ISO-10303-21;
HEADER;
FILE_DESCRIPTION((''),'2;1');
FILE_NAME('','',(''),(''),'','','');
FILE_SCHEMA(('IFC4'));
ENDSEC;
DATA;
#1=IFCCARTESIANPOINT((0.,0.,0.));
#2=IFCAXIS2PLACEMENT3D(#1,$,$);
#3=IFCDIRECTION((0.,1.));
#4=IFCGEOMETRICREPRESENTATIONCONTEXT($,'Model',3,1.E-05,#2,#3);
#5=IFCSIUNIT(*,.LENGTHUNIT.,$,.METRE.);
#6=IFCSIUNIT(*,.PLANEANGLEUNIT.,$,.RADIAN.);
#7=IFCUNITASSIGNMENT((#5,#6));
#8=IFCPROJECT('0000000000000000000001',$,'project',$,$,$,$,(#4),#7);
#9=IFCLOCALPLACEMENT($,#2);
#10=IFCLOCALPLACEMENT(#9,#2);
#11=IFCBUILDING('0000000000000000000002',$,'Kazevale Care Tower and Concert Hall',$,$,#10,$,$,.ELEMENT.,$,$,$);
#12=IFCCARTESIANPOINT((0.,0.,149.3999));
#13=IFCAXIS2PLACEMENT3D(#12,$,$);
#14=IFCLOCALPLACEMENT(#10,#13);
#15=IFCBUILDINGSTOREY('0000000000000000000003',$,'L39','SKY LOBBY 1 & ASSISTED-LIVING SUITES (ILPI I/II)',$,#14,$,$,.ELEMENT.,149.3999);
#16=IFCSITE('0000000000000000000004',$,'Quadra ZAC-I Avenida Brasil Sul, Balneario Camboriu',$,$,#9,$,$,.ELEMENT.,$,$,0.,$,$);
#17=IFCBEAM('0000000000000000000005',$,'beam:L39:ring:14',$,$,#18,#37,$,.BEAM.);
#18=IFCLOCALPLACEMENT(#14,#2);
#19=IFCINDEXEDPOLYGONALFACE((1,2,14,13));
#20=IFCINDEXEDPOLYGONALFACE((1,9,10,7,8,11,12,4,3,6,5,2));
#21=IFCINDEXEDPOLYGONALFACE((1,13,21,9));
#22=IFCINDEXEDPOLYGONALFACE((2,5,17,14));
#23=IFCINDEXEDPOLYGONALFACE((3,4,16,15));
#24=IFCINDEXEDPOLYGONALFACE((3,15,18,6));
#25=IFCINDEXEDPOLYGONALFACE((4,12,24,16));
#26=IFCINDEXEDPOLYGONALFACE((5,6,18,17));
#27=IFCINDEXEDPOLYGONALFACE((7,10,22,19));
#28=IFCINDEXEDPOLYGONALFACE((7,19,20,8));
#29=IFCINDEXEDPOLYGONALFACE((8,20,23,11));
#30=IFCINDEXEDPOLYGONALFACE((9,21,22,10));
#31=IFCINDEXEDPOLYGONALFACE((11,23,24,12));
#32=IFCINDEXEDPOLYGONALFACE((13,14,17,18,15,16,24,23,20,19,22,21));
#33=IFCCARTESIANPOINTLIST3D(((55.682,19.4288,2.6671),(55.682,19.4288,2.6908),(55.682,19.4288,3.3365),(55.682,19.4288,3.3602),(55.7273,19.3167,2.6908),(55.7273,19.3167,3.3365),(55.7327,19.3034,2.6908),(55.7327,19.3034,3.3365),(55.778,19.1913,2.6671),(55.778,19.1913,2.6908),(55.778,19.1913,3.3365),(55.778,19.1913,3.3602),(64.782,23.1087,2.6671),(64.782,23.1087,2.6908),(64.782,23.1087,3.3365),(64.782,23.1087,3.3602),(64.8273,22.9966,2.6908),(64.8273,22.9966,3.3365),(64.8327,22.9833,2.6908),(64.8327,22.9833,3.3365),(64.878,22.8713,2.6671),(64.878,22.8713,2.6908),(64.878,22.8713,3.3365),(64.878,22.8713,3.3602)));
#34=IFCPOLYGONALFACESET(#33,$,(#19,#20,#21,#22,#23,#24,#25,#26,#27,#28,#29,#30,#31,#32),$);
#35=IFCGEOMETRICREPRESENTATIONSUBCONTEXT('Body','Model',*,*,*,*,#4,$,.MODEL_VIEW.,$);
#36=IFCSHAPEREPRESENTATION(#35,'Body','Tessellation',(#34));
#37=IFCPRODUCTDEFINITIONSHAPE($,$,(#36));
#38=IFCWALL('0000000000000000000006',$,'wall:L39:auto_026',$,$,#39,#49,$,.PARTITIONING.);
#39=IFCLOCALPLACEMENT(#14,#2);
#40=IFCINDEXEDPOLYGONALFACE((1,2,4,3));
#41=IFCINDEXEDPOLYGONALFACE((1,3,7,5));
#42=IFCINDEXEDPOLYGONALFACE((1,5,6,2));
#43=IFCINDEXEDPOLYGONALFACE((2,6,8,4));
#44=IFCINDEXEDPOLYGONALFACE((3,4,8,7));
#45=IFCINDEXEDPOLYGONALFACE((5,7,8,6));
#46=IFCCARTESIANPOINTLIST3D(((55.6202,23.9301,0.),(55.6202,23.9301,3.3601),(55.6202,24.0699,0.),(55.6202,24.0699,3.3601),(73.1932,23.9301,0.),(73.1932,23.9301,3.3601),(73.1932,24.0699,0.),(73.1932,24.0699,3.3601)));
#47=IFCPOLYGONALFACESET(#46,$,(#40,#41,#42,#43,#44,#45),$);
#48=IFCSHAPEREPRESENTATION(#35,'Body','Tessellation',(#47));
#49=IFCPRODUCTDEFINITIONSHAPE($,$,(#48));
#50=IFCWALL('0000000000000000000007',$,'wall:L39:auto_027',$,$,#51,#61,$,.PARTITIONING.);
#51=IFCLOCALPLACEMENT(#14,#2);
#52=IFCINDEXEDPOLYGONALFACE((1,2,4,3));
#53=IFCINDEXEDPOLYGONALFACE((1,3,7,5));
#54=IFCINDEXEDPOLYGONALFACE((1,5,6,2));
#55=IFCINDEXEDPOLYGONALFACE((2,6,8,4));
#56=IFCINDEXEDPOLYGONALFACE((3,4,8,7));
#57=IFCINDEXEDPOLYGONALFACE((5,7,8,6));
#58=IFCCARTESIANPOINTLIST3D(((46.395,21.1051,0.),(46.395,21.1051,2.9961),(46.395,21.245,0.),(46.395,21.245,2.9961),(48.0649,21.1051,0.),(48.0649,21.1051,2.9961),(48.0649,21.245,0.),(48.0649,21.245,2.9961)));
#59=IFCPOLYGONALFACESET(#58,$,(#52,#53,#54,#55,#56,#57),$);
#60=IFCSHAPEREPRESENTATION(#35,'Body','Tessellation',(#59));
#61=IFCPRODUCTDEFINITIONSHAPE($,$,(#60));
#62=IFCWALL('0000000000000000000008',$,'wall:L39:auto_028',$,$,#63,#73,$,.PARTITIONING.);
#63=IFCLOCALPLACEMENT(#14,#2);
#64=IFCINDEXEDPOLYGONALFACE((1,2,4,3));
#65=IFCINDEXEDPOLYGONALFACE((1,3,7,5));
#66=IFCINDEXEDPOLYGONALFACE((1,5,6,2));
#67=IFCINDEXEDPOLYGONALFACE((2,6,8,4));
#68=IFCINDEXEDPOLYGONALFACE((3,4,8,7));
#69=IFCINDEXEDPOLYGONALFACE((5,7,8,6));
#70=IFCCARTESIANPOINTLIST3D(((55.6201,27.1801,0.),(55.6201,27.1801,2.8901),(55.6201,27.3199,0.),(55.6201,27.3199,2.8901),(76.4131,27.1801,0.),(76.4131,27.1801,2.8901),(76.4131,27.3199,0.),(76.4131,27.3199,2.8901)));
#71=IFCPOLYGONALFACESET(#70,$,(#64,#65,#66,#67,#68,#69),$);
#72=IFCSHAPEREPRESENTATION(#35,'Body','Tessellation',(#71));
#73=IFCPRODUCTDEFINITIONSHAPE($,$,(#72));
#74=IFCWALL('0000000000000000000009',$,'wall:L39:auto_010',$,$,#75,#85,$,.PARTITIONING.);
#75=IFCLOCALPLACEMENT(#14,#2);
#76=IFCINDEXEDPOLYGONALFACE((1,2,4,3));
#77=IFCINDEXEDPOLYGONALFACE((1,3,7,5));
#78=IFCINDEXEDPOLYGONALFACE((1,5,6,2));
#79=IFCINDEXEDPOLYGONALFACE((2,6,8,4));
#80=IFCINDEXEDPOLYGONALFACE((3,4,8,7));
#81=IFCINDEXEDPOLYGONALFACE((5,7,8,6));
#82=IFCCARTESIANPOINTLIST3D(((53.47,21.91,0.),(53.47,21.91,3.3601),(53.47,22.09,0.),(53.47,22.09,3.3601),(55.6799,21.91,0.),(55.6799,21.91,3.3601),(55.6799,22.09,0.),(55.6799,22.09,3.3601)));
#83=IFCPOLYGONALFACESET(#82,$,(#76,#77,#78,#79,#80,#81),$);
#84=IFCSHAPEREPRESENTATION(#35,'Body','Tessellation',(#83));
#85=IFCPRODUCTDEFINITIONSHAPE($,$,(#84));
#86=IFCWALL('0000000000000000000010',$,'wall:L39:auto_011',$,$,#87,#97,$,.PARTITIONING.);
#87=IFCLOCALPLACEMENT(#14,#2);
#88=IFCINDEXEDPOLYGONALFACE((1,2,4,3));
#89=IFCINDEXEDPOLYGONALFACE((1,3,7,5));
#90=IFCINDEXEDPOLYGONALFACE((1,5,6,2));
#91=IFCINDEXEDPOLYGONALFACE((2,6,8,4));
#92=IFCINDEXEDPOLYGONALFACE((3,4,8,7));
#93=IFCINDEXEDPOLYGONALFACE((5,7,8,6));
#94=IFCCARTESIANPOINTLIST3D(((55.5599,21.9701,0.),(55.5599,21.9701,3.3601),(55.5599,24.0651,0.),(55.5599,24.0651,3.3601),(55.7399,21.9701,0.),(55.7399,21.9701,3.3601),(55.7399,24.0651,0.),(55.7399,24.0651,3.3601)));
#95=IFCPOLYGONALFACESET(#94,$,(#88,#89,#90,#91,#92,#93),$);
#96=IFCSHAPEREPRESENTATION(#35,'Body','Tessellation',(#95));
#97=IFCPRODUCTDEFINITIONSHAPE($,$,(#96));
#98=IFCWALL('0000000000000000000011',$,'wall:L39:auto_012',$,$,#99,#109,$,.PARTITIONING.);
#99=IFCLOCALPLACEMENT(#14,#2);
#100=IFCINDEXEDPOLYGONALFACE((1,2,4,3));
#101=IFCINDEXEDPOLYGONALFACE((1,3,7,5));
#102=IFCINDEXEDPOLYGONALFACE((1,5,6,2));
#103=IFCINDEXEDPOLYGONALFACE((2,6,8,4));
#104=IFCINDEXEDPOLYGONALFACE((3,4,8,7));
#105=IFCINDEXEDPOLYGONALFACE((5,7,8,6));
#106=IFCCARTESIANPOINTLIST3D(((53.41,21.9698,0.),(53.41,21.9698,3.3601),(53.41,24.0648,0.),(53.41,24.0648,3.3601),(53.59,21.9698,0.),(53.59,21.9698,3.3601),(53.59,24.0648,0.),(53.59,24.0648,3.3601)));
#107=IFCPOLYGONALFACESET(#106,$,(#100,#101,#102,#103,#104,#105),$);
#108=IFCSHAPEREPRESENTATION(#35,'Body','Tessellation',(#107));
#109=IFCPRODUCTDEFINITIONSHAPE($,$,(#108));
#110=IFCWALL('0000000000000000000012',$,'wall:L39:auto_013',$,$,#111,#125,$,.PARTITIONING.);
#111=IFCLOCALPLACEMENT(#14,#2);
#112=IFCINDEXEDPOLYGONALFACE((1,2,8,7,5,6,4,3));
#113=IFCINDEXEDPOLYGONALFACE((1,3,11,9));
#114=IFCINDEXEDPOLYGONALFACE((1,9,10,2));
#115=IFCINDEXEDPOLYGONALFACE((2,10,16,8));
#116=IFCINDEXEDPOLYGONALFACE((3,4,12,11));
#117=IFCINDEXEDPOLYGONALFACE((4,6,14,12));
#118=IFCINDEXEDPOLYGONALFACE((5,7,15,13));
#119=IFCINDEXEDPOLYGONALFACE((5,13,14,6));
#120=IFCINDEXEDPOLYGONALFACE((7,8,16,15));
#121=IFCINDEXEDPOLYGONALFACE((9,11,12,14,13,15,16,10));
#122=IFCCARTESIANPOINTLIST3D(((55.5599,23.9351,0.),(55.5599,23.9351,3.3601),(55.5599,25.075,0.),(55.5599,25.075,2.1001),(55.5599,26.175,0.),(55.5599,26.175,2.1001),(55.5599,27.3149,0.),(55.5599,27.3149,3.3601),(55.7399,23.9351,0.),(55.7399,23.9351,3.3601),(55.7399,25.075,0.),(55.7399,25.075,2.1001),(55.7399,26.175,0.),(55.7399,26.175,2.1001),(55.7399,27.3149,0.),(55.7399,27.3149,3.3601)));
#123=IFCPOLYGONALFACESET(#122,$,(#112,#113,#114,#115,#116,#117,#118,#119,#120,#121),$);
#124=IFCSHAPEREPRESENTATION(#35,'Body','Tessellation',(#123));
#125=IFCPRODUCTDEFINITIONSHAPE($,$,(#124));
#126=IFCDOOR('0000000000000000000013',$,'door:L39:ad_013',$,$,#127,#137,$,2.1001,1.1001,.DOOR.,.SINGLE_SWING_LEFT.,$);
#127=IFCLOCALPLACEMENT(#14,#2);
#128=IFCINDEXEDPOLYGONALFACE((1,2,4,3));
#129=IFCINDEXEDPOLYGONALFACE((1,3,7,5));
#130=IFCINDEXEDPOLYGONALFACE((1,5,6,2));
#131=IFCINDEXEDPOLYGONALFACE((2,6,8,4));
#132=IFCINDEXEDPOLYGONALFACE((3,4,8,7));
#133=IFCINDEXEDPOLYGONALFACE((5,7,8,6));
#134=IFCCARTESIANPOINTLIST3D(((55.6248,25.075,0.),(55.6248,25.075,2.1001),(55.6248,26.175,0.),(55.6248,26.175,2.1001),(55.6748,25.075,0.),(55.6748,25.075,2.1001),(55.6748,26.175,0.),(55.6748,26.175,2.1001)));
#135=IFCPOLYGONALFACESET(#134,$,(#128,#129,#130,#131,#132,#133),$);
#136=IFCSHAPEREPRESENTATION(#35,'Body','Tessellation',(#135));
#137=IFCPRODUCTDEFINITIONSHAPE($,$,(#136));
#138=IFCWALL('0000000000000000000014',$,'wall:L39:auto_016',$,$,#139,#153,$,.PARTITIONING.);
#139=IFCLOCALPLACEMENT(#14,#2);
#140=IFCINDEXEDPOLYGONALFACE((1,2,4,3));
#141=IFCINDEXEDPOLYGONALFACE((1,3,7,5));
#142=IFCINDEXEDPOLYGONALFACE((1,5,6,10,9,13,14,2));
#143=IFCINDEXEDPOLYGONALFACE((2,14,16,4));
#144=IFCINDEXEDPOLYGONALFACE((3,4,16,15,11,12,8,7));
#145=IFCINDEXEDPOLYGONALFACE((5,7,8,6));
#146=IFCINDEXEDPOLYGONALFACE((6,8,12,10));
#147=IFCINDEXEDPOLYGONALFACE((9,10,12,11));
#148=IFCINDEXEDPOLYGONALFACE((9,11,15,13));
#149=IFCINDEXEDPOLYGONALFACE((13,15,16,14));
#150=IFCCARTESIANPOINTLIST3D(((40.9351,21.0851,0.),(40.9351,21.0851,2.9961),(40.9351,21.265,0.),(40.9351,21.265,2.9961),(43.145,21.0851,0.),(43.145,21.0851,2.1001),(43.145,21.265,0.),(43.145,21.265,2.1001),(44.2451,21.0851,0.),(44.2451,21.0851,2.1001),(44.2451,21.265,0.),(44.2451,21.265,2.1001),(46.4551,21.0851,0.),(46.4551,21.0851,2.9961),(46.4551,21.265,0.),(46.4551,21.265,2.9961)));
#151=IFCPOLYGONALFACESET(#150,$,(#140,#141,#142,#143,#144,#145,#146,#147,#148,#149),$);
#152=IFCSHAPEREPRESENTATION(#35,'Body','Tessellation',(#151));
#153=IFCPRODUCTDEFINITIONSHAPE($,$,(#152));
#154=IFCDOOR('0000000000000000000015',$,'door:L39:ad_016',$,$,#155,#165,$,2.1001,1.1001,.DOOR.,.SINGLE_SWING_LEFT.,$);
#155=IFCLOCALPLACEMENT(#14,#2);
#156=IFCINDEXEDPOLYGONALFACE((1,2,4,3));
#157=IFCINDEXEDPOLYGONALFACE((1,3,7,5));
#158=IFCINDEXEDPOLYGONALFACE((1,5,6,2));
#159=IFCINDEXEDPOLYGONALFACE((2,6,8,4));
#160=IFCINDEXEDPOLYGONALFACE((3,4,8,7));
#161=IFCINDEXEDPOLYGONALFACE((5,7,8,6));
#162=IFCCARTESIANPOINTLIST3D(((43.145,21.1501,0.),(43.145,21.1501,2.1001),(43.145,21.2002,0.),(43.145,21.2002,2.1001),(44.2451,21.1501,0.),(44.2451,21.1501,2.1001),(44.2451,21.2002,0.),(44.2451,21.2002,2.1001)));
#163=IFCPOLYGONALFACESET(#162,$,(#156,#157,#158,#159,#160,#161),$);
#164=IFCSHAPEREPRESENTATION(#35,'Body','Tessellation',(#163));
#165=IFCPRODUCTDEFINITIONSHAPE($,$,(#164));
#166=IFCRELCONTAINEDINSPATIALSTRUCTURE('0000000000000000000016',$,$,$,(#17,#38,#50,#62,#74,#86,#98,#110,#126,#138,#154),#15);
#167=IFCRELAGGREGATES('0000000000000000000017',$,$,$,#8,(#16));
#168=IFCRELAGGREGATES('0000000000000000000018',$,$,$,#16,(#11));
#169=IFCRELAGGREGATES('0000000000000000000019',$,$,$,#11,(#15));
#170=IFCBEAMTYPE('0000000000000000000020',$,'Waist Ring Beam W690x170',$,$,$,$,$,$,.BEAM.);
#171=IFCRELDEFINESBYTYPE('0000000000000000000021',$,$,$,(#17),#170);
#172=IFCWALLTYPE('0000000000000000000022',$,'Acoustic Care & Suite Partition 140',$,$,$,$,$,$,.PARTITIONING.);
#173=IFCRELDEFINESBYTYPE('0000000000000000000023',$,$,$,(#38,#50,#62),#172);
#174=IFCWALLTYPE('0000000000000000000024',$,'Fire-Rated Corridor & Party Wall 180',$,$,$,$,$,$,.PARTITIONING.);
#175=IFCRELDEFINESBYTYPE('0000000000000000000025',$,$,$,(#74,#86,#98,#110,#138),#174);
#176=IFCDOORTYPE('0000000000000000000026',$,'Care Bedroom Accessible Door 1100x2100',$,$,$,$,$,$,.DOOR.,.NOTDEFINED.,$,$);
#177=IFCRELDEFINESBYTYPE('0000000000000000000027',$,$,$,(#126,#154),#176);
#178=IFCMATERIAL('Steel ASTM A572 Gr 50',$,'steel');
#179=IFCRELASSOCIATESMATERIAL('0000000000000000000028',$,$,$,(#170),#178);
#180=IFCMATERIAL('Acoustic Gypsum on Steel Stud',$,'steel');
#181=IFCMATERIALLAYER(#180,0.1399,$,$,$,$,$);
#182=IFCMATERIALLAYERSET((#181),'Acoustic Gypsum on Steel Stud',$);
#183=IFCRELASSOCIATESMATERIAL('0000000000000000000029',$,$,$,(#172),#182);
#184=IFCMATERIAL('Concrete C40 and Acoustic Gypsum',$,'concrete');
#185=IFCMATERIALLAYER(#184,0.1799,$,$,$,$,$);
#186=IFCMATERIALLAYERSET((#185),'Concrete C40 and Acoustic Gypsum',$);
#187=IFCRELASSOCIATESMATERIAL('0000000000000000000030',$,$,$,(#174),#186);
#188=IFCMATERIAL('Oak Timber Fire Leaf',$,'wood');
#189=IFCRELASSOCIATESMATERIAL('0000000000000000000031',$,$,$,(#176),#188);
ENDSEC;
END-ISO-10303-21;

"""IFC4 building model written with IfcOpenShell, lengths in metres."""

from ifc_helpers import new_model, si_unit, direction, frame, frame_2d, origin, origin_2d, place, context, subcontext, project, spatial, rectangle, i_section, extrude, material, layer, layer_set, material_profile, profile_set, type_object, element, fill, save


model = new_model("IFC4")

# Units and contexts
model_context = context("Model", 3, precision=1e-05, world=origin(), true_north=direction((0.0, 1.0)))
body_context = subcontext(model_context, "Body", "Model", "MODEL_VIEW")
ifc_project = project(units=[si_unit("LENGTHUNIT", "METRE"), si_unit("PLANEANGLEUNIT", "RADIAN")], contexts=[model_context])

# Site, building, storey
site_placement = place(None, origin())
site = spatial("IfcSite", under=ifc_project, at=site_placement, Name="Quadra ZAC-I Avenida Brasil Sul, Balneario Camboriu", CompositionType="ELEMENT", RefElevation=0.0)
building_placement = place(site_placement, origin())
building = spatial("IfcBuilding", under=site, at=building_placement, Name="Kazevale Care Tower and Concert Hall", CompositionType="ELEMENT")
storey_placement = place(building_placement, frame((0.0, 0.0, 149.3999)))
storey = spatial("IfcBuildingStorey", under=building, at=storey_placement, Name="L39", Description="SKY LOBBY 1 & ASSISTED-LIVING SUITES (ILPI I/II)", CompositionType="ELEMENT", Elevation=149.3999)

# Beam
ifc_material_1 = material(Name="Steel ASTM A572 Gr 50", Category="steel")
ifc_material_profile_1 = material_profile(ifc_material_1, i_section(OverallWidth=0.2561, OverallDepth=0.6931, WebThickness=0.0144, FlangeThickness=0.0237, at=origin_2d()), Name="W690x170")
ifc_profile_set_1 = profile_set([ifc_material_profile_1], Name="Steel ASTM A572 Gr 50")
beam_type_1 = type_object("IfcBeamType", Name="Waist Ring Beam W690x170", PredefinedType="BEAM", material=ifc_profile_set_1)
beam_1_placement = place(storey_placement, frame((55.73, 19.3101, 3.0137), z_axis=(0.927069, 0.374892, 0.0), x_axis=(-0.374892, 0.927069, 0.0)))
element("IfcBeam", 1, at=beam_1_placement, inside=storey, type_object=beam_type_1, Name="beam:L39:ring:14", PredefinedType="BEAM", context=body_context, shape_type="SweptSolid", body=[
    extrude(i_section(OverallWidth=0.2561, OverallDepth=0.6931, WebThickness=0.0144, FlangeThickness=0.0237, at=origin_2d()), origin(), (0.0, 0.0, 1.0), 9.8159),
])

# Walls
ifc_material_2 = material(Name="Acoustic Gypsum on Steel Stud", Category="steel")
ifc_layer_1 = layer(ifc_material_2, 0.1399)
ifc_layer_set_1 = layer_set([ifc_layer_1], Name="Acoustic Gypsum on Steel Stud")
wall_type_1 = type_object("IfcWallType", Name="Acoustic Care & Suite Partition 140", PredefinedType="PARTITIONING", material=ifc_layer_set_1)
wall_1_placement = place(storey_placement, frame((55.6201, 24.0, 0.0), z_axis=(0.0, 0.0, 1.0), x_axis=(1.0, 0.0, 0.0)))
element("IfcWall", 2, at=wall_1_placement, inside=storey, type_object=wall_type_1, Name="wall:L39:auto_026", PredefinedType="PARTITIONING", context=body_context, shape_type="SweptSolid", body=[
    extrude(rectangle(XDim=17.573, YDim=0.1399, at=frame_2d((8.7866, 0.0))), origin(), (0.0, 0.0, 1.0), 3.3601),
])
wall_2_placement = place(storey_placement, frame((48.0649, 21.175, 0.0), z_axis=(0.0, 0.0, 1.0), x_axis=(-1.0, 0.0, 0.0)))
element("IfcWall", 3, at=wall_2_placement, inside=storey, type_object=wall_type_1, Name="wall:L39:auto_027", PredefinedType="PARTITIONING", context=body_context, shape_type="SweptSolid", body=[
    extrude(rectangle(XDim=1.6699, YDim=0.1399, at=frame_2d((0.835, 0.0))), origin(), (0.0, 0.0, 1.0), 2.9961),
])
wall_3_placement = place(storey_placement, frame((55.6201, 27.25, 0.0), z_axis=(0.0, 0.0, 1.0), x_axis=(1.0, 0.0, 0.0)))
element("IfcWall", 4, at=wall_3_placement, inside=storey, type_object=wall_type_1, Name="wall:L39:auto_028", PredefinedType="PARTITIONING", context=body_context, shape_type="SweptSolid", body=[
    extrude(rectangle(XDim=20.793, YDim=0.1399, at=frame_2d((10.3965, 0.0))), origin(), (0.0, 0.0, 1.0), 2.8901),
])
ifc_material_3 = material(Name="Concrete C40 and Acoustic Gypsum", Category="concrete")
ifc_layer_2 = layer(ifc_material_3, 0.1799)
ifc_layer_set_2 = layer_set([ifc_layer_2], Name="Concrete C40 and Acoustic Gypsum")
wall_type_2 = type_object("IfcWallType", Name="Fire-Rated Corridor & Party Wall 180", PredefinedType="PARTITIONING", material=ifc_layer_set_2)
wall_4_placement = place(storey_placement, frame((55.6799, 22.0, 0.0), z_axis=(0.0, 0.0, 1.0), x_axis=(-1.0, 0.0, 0.0)))
element("IfcWall", 5, at=wall_4_placement, inside=storey, type_object=wall_type_2, Name="wall:L39:auto_010", PredefinedType="PARTITIONING", context=body_context, shape_type="SweptSolid", body=[
    extrude(rectangle(XDim=2.21, YDim=0.1799, at=frame_2d((1.105, 0.0))), origin(), (0.0, 0.0, 1.0), 3.3601),
])
for number, where, z_axis, x_axis, name in (
    (6, (55.6499, 24.0649, 0.0), (0.0, 0.0, 1.0), (0.0, -1.0, 0.0), "wall:L39:auto_011"),
    (7, (53.5, 21.97, 0.0), (0.0, 0.0, 1.0), (0.0, 1.0, 0.0), "wall:L39:auto_012"),
):
    element("IfcWall", number, at=place(storey_placement, frame(where, z_axis=z_axis, x_axis=x_axis)), inside=storey, type_object=wall_type_2, Name=name, PredefinedType="PARTITIONING", context=body_context, shape_type="SweptSolid", body=[
        extrude(rectangle(XDim=2.095, YDim=0.1799, at=frame_2d((1.0474, 0.0))), origin(), (0.0, 0.0, 1.0), 3.3601),
    ])

# Walls, openings, doors
wall_5_placement = place(storey_placement, frame((55.6499, 27.3149, 0.0), z_axis=(0.0, 0.0, 1.0), x_axis=(0.0, -1.0, 0.0)))
wall_5 = element("IfcWall", 8, at=wall_5_placement, inside=storey, type_object=wall_type_2, Name="wall:L39:auto_013", PredefinedType="PARTITIONING", context=body_context, shape_type="SweptSolid", body=[
    extrude(rectangle(XDim=3.3799, YDim=0.1799, at=frame_2d((1.6899, 0.0))), origin(), (0.0, 0.0, 1.0), 3.3601),
])
opening_1_placement = place(wall_5_placement, frame((1.1399, 0.0, 0.0)))
opening_1 = element("IfcOpeningElement", 9, at=opening_1_placement, cuts=wall_5, PredefinedType="OPENING", context=body_context, shape_type="SweptSolid", body=[
    extrude(rectangle(XDim=1.1001, YDim=2.1001, at=frame_2d((0.55, 1.05))), frame((0.0, 0.0999, 0.0), z_axis=(0.0, -1.0, 0.0), x_axis=(1.0, 0.0, 0.0)), (0.0, 0.0, 1.0), 0.2),
])
ifc_material_4 = material(Name="Oak Timber Fire Leaf", Category="wood")
door_type_1 = type_object("IfcDoorType", Name="Care Bedroom Accessible Door 1100x2100", OperationType="NOTDEFINED", PredefinedType="DOOR", material=ifc_material_4)
door_1_placement = place(opening_1_placement, origin())
door_1 = element("IfcDoor", 10, at=door_1_placement, inside=storey, type_object=door_type_1, Name="door:L39:ad_013", OperationType="SINGLE_SWING_LEFT", OverallHeight=2.1001, OverallWidth=1.1001, PredefinedType="DOOR", context=body_context, shape_type="SweptSolid", body=[
    extrude(rectangle(XDim=1.1001, YDim=2.1001, at=frame_2d((0.55, 1.05))), frame((0.0, 0.0249, 0.0), z_axis=(0.0, -1.0, 0.0), x_axis=(1.0, 0.0, 0.0)), (0.0, 0.0, 1.0), 0.05),
])
fill(opening_1, door_1)
wall_6_placement = place(storey_placement, frame((46.4551, 21.175, 0.0), z_axis=(0.0, 0.0, 1.0), x_axis=(-1.0, 0.0, 0.0)))
wall_6 = element("IfcWall", 11, at=wall_6_placement, inside=storey, type_object=wall_type_2, Name="wall:L39:auto_016", PredefinedType="PARTITIONING", context=body_context, shape_type="SweptSolid", body=[
    extrude(rectangle(XDim=5.52, YDim=0.1799, at=frame_2d((2.76, 0.0))), origin(), (0.0, 0.0, 1.0), 2.9961),
])
opening_2_placement = place(wall_6_placement, frame((2.21, 0.0, 0.0)))
opening_2 = element("IfcOpeningElement", 12, at=opening_2_placement, cuts=wall_6, PredefinedType="OPENING", context=body_context, shape_type="SweptSolid", body=[
    extrude(rectangle(XDim=1.1001, YDim=2.1001, at=frame_2d((0.55, 1.05))), frame((0.0, 0.0999, 0.0), z_axis=(0.0, -1.0, 0.0), x_axis=(1.0, 0.0, 0.0)), (0.0, 0.0, 1.0), 0.2),
])
door_2_placement = place(opening_2_placement, origin())
door_2 = element("IfcDoor", 13, at=door_2_placement, inside=storey, type_object=door_type_1, Name="door:L39:ad_016", OperationType="SINGLE_SWING_LEFT", OverallHeight=2.1001, OverallWidth=1.1001, PredefinedType="DOOR", context=body_context, shape_type="SweptSolid", body=[
    extrude(rectangle(XDim=1.1001, YDim=2.1001, at=frame_2d((0.55, 1.05))), frame((0.0, 0.0249, 0.0), z_axis=(0.0, -1.0, 0.0), x_axis=(1.0, 0.0, 0.0)), (0.0, 0.0, 1.0), 0.05),
])
fill(opening_2, door_2)

save(model, "model.ifc")
